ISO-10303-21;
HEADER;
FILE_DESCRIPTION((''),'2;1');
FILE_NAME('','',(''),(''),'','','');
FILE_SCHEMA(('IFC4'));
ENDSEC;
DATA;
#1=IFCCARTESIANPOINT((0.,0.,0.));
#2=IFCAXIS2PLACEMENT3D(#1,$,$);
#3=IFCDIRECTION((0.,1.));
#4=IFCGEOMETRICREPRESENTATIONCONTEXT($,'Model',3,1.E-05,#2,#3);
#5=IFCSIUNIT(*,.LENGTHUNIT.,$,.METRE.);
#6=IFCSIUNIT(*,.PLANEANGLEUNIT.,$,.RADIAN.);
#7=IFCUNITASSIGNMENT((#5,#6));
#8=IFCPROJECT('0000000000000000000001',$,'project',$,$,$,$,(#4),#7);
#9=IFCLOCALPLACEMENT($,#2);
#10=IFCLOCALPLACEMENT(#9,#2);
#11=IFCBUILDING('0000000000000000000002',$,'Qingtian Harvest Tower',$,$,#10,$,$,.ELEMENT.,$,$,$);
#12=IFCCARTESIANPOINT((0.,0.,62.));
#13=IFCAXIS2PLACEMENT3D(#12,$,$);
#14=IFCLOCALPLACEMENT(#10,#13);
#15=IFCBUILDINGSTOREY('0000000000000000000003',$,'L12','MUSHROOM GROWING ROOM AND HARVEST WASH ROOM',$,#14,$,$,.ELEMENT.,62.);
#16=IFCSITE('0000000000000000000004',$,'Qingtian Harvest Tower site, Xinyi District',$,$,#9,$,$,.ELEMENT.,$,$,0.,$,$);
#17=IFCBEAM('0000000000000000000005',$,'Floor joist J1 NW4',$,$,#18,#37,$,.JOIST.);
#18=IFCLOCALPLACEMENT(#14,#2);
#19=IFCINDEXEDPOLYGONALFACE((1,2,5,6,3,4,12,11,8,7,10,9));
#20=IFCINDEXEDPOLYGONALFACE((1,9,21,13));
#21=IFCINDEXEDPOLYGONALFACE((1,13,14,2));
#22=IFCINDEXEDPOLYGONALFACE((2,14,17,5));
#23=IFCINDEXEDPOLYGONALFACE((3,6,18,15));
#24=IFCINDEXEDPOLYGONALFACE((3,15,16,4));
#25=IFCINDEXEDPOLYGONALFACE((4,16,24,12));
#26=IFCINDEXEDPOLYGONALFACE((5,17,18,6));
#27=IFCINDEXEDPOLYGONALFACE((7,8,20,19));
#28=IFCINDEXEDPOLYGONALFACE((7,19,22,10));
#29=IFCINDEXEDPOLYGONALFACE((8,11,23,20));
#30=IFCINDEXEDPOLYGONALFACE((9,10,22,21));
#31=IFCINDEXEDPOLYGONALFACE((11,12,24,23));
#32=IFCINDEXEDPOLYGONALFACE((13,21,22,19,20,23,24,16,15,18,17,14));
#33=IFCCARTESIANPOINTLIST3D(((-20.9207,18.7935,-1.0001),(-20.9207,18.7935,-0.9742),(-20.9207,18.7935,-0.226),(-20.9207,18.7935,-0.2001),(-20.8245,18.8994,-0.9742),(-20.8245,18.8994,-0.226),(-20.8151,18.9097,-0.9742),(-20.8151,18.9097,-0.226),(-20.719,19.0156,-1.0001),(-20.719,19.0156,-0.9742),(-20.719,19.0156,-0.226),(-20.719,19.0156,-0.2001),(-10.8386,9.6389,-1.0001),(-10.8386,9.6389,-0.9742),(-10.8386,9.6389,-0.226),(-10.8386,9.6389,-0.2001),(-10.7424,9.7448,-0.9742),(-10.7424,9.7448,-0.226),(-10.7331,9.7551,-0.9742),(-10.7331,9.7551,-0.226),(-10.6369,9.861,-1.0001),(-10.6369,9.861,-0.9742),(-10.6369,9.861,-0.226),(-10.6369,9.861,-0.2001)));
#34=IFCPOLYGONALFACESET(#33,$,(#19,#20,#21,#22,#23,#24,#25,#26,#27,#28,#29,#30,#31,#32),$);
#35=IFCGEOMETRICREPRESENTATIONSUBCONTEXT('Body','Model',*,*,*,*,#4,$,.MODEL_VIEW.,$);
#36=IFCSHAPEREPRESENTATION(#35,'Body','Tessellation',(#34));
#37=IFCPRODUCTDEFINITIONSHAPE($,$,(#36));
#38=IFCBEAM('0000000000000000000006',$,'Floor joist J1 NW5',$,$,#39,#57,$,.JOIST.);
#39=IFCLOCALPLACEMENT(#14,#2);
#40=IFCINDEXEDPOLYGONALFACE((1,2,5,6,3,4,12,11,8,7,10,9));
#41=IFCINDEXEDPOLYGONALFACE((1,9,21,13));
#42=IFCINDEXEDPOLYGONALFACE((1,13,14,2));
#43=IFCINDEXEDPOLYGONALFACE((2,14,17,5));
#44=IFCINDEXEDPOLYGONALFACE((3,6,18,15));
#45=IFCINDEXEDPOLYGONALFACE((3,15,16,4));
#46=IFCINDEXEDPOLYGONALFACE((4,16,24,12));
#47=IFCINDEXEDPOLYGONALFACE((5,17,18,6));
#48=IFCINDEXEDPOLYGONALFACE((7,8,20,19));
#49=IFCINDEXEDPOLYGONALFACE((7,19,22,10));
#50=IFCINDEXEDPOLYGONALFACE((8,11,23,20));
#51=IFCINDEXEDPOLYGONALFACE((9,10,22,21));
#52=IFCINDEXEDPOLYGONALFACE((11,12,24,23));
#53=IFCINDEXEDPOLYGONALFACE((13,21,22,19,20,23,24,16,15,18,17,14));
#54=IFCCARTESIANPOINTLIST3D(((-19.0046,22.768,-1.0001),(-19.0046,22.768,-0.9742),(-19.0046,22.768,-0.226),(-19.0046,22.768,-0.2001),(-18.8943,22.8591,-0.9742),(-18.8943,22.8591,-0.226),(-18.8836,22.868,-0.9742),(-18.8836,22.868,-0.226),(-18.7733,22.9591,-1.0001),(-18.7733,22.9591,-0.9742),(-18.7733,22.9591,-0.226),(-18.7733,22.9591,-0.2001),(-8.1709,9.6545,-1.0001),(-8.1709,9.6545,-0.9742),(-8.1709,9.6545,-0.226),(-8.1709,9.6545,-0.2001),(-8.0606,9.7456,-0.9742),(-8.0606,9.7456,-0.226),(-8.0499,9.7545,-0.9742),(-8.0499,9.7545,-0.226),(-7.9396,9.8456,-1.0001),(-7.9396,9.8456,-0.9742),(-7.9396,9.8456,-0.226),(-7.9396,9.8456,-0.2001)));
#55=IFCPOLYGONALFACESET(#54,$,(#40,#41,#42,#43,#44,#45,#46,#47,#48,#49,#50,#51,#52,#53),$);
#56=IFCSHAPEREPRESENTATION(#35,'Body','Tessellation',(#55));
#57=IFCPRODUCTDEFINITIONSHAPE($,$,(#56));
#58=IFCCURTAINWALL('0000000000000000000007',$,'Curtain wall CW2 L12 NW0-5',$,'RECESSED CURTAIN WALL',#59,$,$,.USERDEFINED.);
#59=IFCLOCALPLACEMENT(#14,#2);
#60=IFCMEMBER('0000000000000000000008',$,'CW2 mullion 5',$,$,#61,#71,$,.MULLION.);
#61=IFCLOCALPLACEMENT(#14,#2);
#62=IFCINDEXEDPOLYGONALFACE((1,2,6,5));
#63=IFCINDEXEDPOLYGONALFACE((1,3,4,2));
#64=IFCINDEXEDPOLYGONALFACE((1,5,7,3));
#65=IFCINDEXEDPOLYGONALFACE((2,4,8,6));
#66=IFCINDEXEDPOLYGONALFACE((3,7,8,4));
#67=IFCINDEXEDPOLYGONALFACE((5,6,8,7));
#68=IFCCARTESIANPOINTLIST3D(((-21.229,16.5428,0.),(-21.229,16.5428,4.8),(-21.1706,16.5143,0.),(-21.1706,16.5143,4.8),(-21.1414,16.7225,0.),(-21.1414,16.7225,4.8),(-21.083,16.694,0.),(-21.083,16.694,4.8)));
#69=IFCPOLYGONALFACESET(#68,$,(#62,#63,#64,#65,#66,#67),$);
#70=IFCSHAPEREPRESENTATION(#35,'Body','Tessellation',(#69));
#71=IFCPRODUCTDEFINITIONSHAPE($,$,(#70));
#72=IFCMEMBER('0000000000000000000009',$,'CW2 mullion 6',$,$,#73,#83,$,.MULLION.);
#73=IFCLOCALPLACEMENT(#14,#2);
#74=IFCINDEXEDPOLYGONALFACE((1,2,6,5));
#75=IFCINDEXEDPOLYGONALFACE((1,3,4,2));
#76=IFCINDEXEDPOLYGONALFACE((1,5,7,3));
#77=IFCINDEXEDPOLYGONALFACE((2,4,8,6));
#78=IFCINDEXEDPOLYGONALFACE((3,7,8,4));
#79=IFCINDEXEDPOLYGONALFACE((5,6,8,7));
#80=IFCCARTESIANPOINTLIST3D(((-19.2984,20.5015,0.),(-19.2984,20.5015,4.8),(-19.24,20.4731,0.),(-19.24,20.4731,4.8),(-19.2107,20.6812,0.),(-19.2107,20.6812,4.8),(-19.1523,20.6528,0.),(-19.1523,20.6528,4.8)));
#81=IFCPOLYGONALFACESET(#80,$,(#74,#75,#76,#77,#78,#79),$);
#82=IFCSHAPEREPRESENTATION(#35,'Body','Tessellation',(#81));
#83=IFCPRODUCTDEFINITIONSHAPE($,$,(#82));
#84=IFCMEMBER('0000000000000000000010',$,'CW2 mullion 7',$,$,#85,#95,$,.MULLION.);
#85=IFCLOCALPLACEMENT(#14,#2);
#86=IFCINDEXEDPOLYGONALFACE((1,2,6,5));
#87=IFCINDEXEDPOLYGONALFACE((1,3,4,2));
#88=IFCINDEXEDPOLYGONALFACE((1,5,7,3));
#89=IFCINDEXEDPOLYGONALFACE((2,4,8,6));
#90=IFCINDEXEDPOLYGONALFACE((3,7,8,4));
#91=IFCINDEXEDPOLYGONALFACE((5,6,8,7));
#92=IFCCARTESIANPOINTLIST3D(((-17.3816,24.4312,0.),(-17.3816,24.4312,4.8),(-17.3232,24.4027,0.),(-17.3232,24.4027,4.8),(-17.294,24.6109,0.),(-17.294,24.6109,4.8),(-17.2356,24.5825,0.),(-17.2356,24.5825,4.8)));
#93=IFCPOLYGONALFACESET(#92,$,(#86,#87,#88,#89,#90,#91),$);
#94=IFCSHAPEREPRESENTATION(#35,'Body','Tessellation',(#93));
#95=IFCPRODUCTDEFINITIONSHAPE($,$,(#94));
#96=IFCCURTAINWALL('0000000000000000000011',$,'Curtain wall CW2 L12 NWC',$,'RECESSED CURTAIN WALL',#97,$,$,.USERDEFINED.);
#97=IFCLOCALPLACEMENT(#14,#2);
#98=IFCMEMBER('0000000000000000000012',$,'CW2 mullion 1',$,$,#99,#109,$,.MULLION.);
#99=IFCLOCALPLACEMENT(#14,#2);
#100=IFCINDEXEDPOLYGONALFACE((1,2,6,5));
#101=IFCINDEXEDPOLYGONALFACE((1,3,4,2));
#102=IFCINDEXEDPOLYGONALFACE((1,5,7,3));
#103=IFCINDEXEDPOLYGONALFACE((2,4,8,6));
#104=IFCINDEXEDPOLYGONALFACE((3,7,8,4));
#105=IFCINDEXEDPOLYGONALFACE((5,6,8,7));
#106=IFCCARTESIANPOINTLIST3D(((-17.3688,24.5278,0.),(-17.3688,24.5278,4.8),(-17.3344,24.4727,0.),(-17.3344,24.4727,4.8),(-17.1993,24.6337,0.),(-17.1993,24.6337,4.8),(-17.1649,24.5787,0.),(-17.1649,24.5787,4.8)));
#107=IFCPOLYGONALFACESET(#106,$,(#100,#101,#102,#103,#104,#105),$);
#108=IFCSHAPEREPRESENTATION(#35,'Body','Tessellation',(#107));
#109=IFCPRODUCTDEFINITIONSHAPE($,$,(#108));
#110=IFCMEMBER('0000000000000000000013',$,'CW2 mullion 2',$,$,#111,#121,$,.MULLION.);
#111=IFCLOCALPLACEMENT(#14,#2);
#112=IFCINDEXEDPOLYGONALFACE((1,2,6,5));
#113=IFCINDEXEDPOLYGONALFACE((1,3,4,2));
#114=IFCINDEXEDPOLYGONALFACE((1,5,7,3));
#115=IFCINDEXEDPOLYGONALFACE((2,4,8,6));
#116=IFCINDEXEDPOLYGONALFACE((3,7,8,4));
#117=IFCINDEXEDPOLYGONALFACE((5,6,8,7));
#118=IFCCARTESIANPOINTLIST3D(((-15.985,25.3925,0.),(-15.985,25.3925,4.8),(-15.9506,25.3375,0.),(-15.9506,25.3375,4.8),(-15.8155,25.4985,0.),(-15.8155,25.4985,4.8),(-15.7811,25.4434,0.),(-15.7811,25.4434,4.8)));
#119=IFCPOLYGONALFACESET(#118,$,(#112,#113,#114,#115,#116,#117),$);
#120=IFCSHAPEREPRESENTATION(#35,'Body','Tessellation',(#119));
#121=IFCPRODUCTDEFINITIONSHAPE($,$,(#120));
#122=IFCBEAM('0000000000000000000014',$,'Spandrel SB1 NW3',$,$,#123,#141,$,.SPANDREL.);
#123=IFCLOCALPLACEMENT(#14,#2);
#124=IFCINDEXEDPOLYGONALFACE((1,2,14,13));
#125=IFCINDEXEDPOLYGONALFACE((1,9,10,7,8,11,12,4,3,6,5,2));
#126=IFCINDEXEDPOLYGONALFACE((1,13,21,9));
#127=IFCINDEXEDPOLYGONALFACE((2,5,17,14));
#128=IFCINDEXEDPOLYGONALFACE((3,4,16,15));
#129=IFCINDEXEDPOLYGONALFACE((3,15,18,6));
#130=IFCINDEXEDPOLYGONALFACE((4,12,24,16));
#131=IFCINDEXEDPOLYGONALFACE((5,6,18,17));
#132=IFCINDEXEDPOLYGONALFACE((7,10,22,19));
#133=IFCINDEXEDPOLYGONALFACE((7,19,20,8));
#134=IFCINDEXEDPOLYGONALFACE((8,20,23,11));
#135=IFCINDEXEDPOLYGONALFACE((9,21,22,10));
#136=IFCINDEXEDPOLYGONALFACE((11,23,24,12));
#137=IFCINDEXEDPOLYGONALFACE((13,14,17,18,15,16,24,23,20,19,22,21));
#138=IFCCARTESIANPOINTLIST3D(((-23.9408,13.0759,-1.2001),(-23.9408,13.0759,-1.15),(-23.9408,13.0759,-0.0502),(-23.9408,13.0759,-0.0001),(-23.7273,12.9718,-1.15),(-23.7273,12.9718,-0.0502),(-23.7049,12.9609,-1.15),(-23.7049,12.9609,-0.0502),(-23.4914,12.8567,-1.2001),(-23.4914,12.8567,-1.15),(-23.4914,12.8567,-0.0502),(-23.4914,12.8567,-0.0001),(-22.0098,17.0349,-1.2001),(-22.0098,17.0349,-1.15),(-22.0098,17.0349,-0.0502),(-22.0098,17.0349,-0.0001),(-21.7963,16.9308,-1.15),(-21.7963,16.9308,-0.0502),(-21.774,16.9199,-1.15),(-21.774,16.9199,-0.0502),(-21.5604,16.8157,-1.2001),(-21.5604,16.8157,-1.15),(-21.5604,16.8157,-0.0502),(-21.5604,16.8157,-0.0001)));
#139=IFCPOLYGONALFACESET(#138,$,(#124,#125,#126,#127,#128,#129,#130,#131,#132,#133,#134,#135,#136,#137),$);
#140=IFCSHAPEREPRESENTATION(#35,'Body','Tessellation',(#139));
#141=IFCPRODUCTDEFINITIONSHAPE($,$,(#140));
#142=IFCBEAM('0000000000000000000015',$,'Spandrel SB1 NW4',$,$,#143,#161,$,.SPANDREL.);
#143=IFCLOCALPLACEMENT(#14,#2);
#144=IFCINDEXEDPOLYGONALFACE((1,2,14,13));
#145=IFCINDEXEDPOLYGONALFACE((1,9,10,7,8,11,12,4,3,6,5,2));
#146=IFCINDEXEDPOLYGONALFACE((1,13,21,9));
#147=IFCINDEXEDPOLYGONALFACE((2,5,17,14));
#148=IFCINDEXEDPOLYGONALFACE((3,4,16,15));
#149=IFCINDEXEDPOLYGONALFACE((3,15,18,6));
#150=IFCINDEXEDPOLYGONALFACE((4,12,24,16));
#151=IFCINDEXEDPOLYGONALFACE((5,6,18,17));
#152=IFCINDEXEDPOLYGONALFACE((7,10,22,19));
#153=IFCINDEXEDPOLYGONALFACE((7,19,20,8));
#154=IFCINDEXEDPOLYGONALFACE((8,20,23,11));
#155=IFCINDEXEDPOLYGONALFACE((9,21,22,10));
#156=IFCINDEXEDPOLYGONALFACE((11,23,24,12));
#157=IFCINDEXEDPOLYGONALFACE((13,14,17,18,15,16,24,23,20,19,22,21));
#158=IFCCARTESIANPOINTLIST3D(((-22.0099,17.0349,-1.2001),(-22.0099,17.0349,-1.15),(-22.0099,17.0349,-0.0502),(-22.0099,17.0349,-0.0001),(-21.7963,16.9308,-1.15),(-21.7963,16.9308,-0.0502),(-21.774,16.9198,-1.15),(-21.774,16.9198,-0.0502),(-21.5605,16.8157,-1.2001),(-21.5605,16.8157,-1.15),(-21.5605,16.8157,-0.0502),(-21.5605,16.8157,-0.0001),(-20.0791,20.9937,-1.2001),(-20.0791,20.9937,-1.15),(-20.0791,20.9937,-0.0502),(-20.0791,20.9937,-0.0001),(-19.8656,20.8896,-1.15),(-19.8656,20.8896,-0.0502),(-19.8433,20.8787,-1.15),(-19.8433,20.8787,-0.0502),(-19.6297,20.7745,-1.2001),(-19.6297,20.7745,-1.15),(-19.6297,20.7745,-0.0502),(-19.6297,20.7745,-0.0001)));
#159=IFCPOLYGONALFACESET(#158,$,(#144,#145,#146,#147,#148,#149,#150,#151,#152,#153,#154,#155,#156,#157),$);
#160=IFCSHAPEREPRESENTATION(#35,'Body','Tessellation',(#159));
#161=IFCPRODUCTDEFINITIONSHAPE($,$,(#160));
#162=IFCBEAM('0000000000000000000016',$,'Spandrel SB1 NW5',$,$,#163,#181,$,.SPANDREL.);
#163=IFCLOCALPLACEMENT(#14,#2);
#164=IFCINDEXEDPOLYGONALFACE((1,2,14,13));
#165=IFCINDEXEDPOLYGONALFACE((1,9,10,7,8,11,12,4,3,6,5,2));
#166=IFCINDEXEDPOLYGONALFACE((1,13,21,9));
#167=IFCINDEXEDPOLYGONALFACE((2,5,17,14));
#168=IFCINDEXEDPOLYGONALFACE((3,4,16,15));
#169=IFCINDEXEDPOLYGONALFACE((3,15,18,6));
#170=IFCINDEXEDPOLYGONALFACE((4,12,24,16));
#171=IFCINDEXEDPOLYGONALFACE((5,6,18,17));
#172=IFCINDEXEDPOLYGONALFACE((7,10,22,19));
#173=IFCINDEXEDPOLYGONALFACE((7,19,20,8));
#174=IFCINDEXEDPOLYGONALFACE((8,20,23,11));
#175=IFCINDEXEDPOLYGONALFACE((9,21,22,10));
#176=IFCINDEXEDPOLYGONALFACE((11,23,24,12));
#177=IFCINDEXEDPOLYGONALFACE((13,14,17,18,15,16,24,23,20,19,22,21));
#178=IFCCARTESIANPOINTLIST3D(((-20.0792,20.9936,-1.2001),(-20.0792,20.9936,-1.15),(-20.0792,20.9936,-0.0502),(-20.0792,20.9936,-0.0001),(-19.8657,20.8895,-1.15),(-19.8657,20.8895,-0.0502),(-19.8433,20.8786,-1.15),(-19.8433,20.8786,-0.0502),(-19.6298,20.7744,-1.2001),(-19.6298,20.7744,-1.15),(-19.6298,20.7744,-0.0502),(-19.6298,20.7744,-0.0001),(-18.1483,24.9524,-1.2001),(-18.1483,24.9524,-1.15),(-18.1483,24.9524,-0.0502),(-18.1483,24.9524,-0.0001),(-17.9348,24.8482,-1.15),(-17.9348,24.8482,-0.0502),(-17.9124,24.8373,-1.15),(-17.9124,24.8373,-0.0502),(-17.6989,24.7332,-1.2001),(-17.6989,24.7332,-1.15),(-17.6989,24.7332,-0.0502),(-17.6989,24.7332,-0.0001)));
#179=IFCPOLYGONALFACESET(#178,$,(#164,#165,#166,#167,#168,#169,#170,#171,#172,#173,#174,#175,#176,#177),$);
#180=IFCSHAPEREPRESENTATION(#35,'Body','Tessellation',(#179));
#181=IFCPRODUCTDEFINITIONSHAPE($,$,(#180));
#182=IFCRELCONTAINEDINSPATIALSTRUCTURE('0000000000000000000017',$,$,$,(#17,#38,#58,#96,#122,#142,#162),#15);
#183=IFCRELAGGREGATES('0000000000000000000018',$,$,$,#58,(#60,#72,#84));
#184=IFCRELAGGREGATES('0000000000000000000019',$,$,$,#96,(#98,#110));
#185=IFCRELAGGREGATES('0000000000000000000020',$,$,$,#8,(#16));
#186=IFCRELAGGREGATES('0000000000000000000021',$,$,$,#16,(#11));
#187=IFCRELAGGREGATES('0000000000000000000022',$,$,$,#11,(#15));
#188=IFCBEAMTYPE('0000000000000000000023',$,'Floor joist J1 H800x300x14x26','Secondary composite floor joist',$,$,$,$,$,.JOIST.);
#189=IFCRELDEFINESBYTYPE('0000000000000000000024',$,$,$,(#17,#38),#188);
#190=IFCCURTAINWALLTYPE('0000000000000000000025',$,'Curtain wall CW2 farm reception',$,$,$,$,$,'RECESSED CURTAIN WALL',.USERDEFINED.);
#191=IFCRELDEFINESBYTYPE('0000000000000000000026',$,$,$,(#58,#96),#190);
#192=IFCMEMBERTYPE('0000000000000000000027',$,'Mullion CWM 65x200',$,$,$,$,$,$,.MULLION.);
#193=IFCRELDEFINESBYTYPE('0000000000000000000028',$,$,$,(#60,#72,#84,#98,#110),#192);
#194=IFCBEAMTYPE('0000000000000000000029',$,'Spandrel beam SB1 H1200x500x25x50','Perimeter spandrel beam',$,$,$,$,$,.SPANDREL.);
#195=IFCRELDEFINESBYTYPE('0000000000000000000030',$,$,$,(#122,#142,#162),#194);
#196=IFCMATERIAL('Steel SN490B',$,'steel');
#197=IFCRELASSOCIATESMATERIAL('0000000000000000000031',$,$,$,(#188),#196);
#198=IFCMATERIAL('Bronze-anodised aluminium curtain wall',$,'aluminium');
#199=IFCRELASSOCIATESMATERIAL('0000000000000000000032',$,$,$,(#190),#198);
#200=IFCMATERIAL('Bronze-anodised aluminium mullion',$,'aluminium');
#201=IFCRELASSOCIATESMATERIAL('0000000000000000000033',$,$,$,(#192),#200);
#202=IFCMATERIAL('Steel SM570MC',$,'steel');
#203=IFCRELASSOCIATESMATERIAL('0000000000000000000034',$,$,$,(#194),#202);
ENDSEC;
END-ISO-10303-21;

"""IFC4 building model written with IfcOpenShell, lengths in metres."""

from ifc_helpers import new_model, si_unit, direction, frame, origin, origin_2d, place, context, subcontext, project, spatial, rectangle, i_section, extrude, material, material_profile, profile_set, type_object, element, aggregate, save


model = new_model("IFC4")

# Units and contexts
model_context = context("Model", 3, precision=1e-05, world=origin(), true_north=direction((0.0, 1.0)))
body_context = subcontext(model_context, "Body", "Model", "MODEL_VIEW")
ifc_project = project(units=[si_unit("LENGTHUNIT", "METRE"), si_unit("PLANEANGLEUNIT", "RADIAN")], contexts=[model_context])

# Site, building, storey
site_placement = place(None, origin())
site = spatial("IfcSite", under=ifc_project, at=site_placement, Name="Qingtian Harvest Tower site, Xinyi District", CompositionType="ELEMENT", RefElevation=0.0)
building_placement = place(site_placement, origin())
building = spatial("IfcBuilding", under=site, at=building_placement, Name="Qingtian Harvest Tower", CompositionType="ELEMENT")
storey_placement = place(building_placement, frame((0.0, 0.0, 62.0)))
storey = spatial("IfcBuildingStorey", under=building, at=storey_placement, Name="L12", Description="MUSHROOM GROWING ROOM AND HARVEST WASH ROOM", CompositionType="ELEMENT", Elevation=62.0)

# Beams
ifc_material_1 = material(Name="Steel SN490B", Category="steel")
ifc_material_profile_1 = material_profile(ifc_material_1, i_section(OverallWidth=0.3, OverallDepth=0.8, WebThickness=0.0139, FlangeThickness=0.0259, at=origin_2d()), Name="H800x300x14x26")
ifc_profile_set_1 = profile_set([ifc_material_profile_1], Name="Steel SN490B")
beam_type_1 = type_object("IfcBeamType", Name="Floor joist J1 H800x300x14x26", Description="Secondary composite floor joist", PredefinedType="JOIST", material=ifc_profile_set_1)
beam_1_placement = place(storey_placement, frame((-20.8198, 18.9045, -0.6001), z_axis=(0.74034, -0.672233, 0.0), x_axis=(0.672233, 0.74034, 0.0)))
element("IfcBeam", 1, at=beam_1_placement, inside=storey, type_object=beam_type_1, Name="Floor joist J1 NW4", PredefinedType="JOIST", context=body_context, shape_type="SweptSolid", body=[
    extrude(i_section(OverallWidth=0.3, OverallDepth=0.8, WebThickness=0.0139, FlangeThickness=0.0259, at=origin_2d()), origin(), (0.0, 0.0, 1.0), 13.6182),
])
beam_2_placement = place(storey_placement, frame((-18.8889, 22.8635, -0.6001), z_axis=(0.63691, -0.770938, 0.0), x_axis=(0.770938, 0.63691, 0.0)))
element("IfcBeam", 2, at=beam_2_placement, inside=storey, type_object=beam_type_1, Name="Floor joist J1 NW5", PredefinedType="JOIST", context=body_context, shape_type="SweptSolid", body=[
    extrude(i_section(OverallWidth=0.3, OverallDepth=0.8, WebThickness=0.0139, FlangeThickness=0.0259, at=origin_2d()), origin(), (0.0, 0.0, 1.0), 17.0098),
])

# Curtain walls, members
ifc_material_2 = material(Name="Bronze-anodised aluminium curtain wall", Category="aluminium")
curtain_wall_type = type_object("IfcCurtainWallType", Name="Curtain wall CW2 farm reception", ElementType="RECESSED CURTAIN WALL", PredefinedType="USERDEFINED", material=ifc_material_2)
curtain_wall_1_placement = place(storey_placement, origin())
curtain_wall_1 = element("IfcCurtainWall", 3, at=curtain_wall_1_placement, inside=storey, type_object=curtain_wall_type, Name="Curtain wall CW2 L12 NW0-5", ObjectType="RECESSED CURTAIN WALL", PredefinedType="USERDEFINED")
ifc_material_3 = material(Name="Bronze-anodised aluminium mullion", Category="aluminium")
ifc_material_profile_2 = material_profile(ifc_material_3, rectangle(XDim=0.0649, YDim=0.2, at=origin_2d()), Name="AL 65x200")
ifc_profile_set_2 = profile_set([ifc_material_profile_2], Name="Bronze-anodised aluminium mullion")
member_type_1 = type_object("IfcMemberType", Name="Mullion CWM 65x200", PredefinedType="MULLION", material=ifc_profile_set_2)
member_1_placement = place(storey_placement, frame((-21.156, 16.6184, 0.0), z_axis=(0.0, 0.0, 1.0), x_axis=(-0.898794, 0.438371, 0.0)))
member_1 = element("IfcMember", 4, at=member_1_placement, type_object=member_type_1, Name="CW2 mullion 5", PredefinedType="MULLION", context=body_context, shape_type="SweptSolid", body=[
    extrude(rectangle(XDim=0.0649, YDim=0.2, at=origin_2d()), origin(), (0.0, 0.0, 1.0), 4.8),
])
member_2_placement = place(storey_placement, frame((-19.2253, 20.5771, 0.0), z_axis=(0.0, 0.0, 1.0), x_axis=(-0.898794, 0.438371, 0.0)))
member_2 = element("IfcMember", 5, at=member_2_placement, type_object=member_type_1, Name="CW2 mullion 6", PredefinedType="MULLION", context=body_context, shape_type="SweptSolid", body=[
    extrude(rectangle(XDim=0.0649, YDim=0.2, at=origin_2d()), origin(), (0.0, 0.0, 1.0), 4.8),
])
member_3_placement = place(storey_placement, frame((-17.3086, 24.5068, 0.0), z_axis=(0.0, 0.0, 1.0), x_axis=(-0.898794, 0.438371, 0.0)))
member_3 = element("IfcMember", 6, at=member_3_placement, type_object=member_type_1, Name="CW2 mullion 7", PredefinedType="MULLION", context=body_context, shape_type="SweptSolid", body=[
    extrude(rectangle(XDim=0.0649, YDim=0.2, at=origin_2d()), origin(), (0.0, 0.0, 1.0), 4.8),
])
curtain_wall_2_placement = place(storey_placement, origin())
curtain_wall_2 = element("IfcCurtainWall", 7, at=curtain_wall_2_placement, inside=storey, type_object=curtain_wall_type, Name="Curtain wall CW2 L12 NWC", ObjectType="RECESSED CURTAIN WALL", PredefinedType="USERDEFINED")
member_4_placement = place(storey_placement, frame((-17.2668, 24.5532, 0.0), z_axis=(0.0, 0.0, 1.0), x_axis=(-0.529919, 0.848048, 0.0)))
member_4 = element("IfcMember", 8, at=member_4_placement, type_object=member_type_1, Name="CW2 mullion 1", PredefinedType="MULLION", context=body_context, shape_type="SweptSolid", body=[
    extrude(rectangle(XDim=0.0649, YDim=0.2, at=origin_2d()), origin(), (0.0, 0.0, 1.0), 4.8),
])
member_5_placement = place(storey_placement, frame((-15.8831, 25.418, 0.0), z_axis=(0.0, 0.0, 1.0), x_axis=(-0.529919, 0.848048, 0.0)))
member_5 = element("IfcMember", 9, at=member_5_placement, type_object=member_type_1, Name="CW2 mullion 2", PredefinedType="MULLION", context=body_context, shape_type="SweptSolid", body=[
    extrude(rectangle(XDim=0.0649, YDim=0.2, at=origin_2d()), origin(), (0.0, 0.0, 1.0), 4.8),
])

# Beams
ifc_material_4 = material(Name="Steel SM570MC", Category="steel")
ifc_material_profile_3 = material_profile(ifc_material_4, i_section(OverallWidth=0.5, OverallDepth=1.2, WebThickness=0.0249, FlangeThickness=0.05, at=origin_2d()), Name="H1200x500x25x50")
ifc_profile_set_3 = profile_set([ifc_material_profile_3], Name="Steel SM570MC")
beam_type_2 = type_object("IfcBeamType", Name="Spandrel beam SB1 H1200x500x25x50", Description="Perimeter spandrel beam", PredefinedType="SPANDREL", material=ifc_profile_set_3)
beam_3_placement = place(storey_placement, frame((-23.7161, 12.9663, -0.6001), z_axis=(0.438368, 0.898796, 0.0), x_axis=(-0.898796, 0.438368, 0.0)))
element("IfcBeam", 10, at=beam_3_placement, inside=storey, type_object=beam_type_2, Name="Spandrel SB1 NW3", PredefinedType="SPANDREL", context=body_context, shape_type="SweptSolid", body=[
    extrude(i_section(OverallWidth=0.5, OverallDepth=1.2, WebThickness=0.0249, FlangeThickness=0.05, at=origin_2d()), origin(), (0.0, 0.0, 1.0), 4.4048),
])
for number, where, z_axis, x_axis, name in (
    (11, (-21.7852, 16.9253, -0.6001), (0.438345, 0.898807, 0.0), (-0.898807, 0.438345, 0.0), "Spandrel SB1 NW4"),
    (12, (-19.8545, 20.884, -0.6001), (0.43839, 0.898785, 0.0), (-0.898785, 0.43839, 0.0), "Spandrel SB1 NW5"),
):
    element("IfcBeam", number, at=place(storey_placement, frame(where, z_axis=z_axis, x_axis=x_axis)), inside=storey, type_object=beam_type_2, Name=name, PredefinedType="SPANDREL", context=body_context, shape_type="SweptSolid", body=[
        extrude(i_section(OverallWidth=0.5, OverallDepth=1.2, WebThickness=0.0249, FlangeThickness=0.05, at=origin_2d()), origin(), (0.0, 0.0, 1.0), 4.4045),
    ])

aggregate(curtain_wall_1, [member_1, member_2, member_3])
aggregate(curtain_wall_2, [member_4, member_5])

save(model, "model.ifc")
